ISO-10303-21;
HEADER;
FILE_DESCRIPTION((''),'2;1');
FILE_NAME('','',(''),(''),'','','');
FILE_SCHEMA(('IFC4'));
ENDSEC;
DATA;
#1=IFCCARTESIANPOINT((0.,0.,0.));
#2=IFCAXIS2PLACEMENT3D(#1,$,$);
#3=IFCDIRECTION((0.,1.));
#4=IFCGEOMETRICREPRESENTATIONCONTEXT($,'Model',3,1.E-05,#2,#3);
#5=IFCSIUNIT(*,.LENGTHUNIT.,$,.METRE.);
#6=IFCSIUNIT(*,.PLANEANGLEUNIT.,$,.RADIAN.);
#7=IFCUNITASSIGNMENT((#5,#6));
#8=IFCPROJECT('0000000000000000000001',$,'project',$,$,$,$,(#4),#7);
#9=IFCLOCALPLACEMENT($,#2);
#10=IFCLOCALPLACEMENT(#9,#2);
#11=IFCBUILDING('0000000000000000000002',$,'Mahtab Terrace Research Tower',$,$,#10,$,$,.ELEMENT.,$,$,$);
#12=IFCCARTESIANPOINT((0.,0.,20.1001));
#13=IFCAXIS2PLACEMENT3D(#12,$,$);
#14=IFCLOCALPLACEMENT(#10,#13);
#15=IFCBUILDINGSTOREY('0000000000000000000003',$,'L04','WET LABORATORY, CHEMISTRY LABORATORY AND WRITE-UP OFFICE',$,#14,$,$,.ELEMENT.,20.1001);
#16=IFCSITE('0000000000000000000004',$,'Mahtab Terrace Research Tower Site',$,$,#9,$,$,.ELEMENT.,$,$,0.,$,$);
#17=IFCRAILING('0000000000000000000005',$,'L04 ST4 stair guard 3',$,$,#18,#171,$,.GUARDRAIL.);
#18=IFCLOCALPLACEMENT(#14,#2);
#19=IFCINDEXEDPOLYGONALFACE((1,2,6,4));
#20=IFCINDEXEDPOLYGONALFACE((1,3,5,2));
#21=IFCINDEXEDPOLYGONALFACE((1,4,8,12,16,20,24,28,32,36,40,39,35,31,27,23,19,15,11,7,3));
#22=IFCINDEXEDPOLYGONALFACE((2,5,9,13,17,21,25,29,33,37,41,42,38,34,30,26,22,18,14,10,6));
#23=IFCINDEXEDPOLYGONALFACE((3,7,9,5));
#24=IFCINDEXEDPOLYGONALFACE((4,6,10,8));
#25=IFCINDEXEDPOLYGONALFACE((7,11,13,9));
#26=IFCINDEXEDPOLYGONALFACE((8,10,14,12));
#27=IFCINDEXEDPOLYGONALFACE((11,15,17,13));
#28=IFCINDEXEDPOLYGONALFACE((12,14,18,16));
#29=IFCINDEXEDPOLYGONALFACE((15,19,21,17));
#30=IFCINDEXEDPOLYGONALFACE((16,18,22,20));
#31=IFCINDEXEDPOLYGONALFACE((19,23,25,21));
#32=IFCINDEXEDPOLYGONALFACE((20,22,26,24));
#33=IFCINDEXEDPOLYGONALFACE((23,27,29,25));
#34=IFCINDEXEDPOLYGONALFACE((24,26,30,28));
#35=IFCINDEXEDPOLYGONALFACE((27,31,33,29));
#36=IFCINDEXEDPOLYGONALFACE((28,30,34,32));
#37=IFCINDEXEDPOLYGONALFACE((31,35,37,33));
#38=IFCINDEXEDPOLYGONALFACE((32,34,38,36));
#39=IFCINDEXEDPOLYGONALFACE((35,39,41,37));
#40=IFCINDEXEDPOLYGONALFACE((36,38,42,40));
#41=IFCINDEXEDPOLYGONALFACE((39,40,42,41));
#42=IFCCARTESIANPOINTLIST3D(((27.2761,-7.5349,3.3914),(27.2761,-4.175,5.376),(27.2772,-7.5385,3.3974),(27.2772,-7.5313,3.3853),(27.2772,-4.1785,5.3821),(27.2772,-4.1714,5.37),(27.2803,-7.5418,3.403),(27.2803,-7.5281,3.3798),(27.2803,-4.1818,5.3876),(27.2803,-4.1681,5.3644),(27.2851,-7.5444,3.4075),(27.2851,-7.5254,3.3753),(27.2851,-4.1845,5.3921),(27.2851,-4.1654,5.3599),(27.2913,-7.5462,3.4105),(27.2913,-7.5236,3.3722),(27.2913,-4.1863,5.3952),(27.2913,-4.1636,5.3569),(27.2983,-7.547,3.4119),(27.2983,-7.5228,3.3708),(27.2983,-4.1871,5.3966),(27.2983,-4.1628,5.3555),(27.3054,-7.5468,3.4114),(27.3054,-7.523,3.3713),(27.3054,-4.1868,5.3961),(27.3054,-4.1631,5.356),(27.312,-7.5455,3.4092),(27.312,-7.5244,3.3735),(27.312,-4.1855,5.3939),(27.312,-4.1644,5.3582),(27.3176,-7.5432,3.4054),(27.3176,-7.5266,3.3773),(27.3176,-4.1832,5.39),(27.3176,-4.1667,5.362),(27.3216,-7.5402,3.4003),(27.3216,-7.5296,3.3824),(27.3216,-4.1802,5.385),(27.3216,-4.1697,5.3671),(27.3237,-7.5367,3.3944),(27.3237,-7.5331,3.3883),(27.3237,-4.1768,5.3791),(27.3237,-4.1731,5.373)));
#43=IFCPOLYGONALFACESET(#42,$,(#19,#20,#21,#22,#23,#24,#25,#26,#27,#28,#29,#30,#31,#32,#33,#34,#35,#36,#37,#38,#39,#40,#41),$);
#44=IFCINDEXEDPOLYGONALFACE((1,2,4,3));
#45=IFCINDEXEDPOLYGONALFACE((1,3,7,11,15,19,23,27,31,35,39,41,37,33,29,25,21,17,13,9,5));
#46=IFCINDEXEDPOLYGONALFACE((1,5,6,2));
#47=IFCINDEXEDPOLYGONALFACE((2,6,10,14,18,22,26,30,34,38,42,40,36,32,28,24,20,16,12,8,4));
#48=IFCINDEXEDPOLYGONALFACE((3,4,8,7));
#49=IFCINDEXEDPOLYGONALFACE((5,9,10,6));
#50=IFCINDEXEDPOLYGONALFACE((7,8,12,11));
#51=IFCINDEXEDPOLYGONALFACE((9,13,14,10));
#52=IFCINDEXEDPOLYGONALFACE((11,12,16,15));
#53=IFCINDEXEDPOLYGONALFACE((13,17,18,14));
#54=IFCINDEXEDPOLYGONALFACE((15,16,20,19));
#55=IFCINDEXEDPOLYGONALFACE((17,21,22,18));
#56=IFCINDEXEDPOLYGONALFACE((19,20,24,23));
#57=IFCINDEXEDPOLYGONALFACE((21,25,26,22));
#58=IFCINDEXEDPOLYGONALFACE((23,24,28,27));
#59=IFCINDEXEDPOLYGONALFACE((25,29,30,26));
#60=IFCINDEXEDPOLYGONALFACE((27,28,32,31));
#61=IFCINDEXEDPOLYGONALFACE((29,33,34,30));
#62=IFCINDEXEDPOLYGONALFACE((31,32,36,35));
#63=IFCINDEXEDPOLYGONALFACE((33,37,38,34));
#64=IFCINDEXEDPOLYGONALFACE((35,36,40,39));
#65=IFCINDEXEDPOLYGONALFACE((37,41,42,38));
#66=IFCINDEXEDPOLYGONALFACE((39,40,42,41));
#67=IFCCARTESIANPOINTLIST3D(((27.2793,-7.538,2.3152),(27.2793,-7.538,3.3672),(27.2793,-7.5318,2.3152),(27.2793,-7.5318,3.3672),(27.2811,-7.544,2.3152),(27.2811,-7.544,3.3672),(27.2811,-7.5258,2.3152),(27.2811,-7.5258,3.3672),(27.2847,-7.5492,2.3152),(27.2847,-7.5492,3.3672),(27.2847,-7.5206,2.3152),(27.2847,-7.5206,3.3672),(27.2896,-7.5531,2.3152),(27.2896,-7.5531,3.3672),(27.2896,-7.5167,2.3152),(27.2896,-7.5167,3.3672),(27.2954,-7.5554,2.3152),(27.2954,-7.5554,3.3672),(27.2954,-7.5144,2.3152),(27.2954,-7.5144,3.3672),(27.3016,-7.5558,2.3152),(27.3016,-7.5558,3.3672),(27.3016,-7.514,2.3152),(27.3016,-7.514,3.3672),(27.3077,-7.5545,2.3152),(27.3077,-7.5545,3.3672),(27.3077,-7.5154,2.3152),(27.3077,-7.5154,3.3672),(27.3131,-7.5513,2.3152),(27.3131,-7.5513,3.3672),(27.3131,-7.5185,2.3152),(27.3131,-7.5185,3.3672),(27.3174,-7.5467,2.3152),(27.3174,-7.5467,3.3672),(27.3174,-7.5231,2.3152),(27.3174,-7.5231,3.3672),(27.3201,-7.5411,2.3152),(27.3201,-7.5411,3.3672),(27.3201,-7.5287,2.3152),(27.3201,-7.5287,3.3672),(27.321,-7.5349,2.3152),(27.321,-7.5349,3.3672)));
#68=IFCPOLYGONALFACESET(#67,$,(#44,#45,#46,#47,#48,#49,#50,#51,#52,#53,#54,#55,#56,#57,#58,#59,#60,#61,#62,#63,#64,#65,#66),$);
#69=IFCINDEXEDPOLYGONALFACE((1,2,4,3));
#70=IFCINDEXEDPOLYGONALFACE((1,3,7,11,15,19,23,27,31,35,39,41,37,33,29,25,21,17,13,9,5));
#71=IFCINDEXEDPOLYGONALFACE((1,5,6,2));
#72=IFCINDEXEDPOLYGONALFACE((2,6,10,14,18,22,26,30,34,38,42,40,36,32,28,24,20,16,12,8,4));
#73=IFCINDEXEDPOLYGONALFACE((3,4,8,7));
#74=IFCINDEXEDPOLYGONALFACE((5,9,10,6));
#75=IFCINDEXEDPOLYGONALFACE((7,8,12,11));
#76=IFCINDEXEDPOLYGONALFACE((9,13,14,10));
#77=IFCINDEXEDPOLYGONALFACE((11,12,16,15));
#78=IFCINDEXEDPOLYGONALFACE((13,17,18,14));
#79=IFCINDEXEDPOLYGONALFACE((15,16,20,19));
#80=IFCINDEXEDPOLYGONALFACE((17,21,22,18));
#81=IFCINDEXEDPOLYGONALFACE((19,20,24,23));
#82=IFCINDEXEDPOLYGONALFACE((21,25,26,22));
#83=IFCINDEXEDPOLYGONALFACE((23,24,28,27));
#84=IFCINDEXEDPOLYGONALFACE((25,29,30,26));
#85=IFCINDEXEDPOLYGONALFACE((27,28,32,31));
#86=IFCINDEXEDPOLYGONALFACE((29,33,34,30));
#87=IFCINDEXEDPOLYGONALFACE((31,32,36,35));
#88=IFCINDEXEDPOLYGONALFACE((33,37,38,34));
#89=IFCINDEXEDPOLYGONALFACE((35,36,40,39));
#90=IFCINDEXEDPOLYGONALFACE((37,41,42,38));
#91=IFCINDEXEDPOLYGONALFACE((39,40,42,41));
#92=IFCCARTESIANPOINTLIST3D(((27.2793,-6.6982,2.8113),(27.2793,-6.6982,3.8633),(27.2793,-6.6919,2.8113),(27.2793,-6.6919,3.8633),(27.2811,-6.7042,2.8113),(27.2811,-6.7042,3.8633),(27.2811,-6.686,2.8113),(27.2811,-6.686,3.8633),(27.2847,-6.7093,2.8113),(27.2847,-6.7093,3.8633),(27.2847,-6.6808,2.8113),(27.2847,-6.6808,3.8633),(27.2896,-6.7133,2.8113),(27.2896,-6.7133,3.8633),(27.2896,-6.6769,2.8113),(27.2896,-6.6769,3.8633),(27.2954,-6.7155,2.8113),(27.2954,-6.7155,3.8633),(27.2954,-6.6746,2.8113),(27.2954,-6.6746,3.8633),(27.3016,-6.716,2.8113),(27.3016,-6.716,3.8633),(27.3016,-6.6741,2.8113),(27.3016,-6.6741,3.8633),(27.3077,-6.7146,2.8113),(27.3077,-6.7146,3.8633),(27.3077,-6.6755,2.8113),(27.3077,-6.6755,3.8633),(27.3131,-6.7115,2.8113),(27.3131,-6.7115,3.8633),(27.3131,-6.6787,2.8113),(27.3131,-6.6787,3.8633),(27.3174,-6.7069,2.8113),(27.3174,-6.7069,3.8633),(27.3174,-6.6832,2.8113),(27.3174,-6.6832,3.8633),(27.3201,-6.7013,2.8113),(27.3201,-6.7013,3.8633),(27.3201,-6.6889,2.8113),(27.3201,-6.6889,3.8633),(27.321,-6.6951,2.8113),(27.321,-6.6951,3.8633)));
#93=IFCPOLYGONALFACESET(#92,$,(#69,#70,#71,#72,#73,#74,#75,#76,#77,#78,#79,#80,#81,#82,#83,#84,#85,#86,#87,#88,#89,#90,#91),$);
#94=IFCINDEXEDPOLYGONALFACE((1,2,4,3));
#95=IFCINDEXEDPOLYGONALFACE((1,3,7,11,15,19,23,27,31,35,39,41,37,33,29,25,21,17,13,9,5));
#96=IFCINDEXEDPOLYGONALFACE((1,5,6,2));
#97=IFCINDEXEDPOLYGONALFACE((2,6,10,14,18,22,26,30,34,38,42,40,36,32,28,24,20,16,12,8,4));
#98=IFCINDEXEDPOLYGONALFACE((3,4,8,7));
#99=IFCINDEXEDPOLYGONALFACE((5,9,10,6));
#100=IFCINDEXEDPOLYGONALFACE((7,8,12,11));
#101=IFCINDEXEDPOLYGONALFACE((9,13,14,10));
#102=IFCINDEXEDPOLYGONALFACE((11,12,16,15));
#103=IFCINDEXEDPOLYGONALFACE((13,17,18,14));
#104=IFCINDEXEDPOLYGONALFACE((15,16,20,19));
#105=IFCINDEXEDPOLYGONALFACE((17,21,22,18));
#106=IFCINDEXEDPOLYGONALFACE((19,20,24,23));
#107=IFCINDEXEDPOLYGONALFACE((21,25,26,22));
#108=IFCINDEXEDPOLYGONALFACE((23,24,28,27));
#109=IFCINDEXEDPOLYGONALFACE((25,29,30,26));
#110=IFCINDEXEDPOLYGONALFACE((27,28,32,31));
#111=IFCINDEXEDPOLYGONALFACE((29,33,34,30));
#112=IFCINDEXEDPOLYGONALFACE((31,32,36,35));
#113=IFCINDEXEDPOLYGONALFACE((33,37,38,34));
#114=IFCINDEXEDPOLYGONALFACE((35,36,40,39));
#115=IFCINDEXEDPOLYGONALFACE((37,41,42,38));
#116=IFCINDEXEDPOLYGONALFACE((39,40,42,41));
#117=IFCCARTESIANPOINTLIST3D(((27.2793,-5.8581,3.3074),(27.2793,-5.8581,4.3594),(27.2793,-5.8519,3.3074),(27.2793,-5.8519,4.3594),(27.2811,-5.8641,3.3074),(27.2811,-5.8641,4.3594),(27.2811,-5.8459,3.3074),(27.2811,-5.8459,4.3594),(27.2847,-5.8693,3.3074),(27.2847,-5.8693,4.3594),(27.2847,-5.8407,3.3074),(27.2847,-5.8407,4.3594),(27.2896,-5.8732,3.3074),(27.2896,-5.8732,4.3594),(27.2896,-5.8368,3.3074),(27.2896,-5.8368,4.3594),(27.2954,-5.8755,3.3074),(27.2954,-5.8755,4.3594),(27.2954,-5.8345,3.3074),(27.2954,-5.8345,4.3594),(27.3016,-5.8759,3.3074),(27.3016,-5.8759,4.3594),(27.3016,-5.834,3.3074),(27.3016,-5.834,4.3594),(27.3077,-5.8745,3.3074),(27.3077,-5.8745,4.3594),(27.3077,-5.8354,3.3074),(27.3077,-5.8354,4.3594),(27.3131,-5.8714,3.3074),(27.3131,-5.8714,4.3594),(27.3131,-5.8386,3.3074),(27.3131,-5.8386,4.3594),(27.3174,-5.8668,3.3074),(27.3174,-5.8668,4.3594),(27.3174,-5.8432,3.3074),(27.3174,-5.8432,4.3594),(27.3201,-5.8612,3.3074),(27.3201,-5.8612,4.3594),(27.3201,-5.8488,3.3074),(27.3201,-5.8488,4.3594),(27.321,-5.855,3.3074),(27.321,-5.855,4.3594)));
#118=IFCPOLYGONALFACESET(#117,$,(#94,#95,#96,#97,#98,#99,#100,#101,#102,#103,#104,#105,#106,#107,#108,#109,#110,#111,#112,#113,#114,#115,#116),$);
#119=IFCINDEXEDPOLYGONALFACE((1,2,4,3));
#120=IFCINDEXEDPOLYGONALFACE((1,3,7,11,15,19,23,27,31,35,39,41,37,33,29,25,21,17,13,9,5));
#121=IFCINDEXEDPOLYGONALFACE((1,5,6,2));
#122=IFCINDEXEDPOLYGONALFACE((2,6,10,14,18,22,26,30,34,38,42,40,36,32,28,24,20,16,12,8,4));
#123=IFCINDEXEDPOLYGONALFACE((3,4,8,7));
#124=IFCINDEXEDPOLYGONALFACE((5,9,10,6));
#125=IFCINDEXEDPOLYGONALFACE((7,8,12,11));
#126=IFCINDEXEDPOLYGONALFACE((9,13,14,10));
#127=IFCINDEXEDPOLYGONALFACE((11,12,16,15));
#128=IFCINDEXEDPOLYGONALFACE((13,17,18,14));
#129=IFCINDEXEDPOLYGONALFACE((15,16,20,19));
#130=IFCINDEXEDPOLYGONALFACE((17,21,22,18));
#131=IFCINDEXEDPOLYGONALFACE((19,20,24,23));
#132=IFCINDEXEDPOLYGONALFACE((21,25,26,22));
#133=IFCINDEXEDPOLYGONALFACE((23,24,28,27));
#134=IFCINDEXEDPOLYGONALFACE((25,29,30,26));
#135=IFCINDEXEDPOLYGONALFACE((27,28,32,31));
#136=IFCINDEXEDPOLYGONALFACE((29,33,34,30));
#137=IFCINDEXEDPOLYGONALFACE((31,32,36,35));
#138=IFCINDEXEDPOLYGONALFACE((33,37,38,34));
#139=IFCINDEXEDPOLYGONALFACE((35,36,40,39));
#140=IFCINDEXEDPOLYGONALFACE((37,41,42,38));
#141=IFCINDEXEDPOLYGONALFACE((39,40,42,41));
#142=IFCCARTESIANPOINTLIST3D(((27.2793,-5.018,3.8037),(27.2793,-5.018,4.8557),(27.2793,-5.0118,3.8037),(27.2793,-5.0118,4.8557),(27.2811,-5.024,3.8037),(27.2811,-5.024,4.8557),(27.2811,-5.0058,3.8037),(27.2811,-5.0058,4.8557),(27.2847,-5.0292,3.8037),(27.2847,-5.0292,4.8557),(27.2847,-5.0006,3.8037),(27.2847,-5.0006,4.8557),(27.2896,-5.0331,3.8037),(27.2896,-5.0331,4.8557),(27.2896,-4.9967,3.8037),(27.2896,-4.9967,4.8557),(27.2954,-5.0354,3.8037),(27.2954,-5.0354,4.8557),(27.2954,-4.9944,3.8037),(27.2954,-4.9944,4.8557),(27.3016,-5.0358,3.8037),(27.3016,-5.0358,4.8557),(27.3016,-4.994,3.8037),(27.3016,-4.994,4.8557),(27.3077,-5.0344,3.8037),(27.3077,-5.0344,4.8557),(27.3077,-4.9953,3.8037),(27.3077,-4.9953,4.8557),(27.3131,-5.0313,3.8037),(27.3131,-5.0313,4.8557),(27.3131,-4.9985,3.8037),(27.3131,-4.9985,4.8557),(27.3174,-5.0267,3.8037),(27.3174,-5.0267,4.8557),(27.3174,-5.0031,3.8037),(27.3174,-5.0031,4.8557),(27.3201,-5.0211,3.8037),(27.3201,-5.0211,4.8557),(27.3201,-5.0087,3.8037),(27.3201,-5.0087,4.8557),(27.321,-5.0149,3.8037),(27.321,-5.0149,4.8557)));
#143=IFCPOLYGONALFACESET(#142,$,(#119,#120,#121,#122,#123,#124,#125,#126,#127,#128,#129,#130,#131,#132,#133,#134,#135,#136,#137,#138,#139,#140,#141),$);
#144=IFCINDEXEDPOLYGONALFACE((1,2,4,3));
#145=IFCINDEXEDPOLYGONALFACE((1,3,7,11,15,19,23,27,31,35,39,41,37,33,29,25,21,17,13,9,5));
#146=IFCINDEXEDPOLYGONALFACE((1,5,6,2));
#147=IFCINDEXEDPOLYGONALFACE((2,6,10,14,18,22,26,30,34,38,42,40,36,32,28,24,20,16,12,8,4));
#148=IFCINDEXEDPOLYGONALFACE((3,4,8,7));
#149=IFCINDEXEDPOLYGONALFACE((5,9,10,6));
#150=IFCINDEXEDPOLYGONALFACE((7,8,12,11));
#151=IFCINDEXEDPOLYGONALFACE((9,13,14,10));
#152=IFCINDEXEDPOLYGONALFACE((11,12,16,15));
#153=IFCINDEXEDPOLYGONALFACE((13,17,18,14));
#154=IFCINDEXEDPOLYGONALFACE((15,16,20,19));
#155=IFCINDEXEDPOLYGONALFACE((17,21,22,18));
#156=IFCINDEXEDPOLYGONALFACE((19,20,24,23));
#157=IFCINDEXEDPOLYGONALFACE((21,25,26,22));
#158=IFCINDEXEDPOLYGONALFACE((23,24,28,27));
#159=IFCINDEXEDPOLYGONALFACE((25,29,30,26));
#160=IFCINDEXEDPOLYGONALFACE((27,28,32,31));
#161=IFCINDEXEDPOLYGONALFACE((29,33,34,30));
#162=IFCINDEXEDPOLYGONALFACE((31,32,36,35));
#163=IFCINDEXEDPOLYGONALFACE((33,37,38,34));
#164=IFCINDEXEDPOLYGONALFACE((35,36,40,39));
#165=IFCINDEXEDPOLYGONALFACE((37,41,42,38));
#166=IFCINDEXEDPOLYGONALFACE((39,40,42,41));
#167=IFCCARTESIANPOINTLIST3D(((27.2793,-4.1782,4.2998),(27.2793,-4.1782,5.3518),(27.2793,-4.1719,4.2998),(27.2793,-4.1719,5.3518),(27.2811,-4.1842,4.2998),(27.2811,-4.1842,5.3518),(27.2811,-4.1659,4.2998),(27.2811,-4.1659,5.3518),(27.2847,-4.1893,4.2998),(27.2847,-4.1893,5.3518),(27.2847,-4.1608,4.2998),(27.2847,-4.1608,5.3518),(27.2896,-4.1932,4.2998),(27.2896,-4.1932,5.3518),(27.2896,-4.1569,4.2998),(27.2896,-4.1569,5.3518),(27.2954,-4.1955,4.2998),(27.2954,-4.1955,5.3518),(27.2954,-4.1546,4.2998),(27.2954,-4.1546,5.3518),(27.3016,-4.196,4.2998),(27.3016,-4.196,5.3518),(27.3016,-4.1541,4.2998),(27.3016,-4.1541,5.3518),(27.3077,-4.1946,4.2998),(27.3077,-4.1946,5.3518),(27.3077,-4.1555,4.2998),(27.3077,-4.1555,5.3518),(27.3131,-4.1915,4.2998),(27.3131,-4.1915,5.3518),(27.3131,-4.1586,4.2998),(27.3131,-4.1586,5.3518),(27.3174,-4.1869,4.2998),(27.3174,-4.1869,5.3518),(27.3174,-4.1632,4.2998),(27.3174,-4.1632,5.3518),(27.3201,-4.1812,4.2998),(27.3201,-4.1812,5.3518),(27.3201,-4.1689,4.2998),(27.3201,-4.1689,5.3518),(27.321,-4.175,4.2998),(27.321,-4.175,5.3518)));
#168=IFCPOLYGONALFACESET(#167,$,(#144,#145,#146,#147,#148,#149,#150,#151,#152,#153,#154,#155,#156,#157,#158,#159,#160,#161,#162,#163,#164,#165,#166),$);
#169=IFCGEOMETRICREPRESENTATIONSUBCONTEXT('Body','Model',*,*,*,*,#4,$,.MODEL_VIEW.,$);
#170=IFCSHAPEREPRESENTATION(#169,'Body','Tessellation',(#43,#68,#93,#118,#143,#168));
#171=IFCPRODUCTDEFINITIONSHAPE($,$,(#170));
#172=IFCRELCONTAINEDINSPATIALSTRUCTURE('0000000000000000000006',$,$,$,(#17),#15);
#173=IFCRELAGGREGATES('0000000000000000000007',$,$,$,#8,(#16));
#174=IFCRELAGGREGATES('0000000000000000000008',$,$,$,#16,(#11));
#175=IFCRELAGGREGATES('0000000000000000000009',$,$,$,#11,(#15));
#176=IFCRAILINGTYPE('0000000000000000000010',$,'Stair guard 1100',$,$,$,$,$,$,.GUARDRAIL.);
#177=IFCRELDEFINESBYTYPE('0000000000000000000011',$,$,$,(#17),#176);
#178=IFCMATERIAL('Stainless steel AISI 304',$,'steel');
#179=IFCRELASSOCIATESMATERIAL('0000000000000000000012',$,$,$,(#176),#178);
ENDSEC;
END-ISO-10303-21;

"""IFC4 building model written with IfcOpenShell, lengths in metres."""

from ifc_helpers import new_model, si_unit, direction, frame, origin, origin_2d, place, context, subcontext, project, spatial, circle, extrude, material, type_object, element, save


model = new_model("IFC4")

# Units and contexts
model_context = context("Model", 3, precision=1e-05, world=origin(), true_north=direction((0.0, 1.0)))
body_context = subcontext(model_context, "Body", "Model", "MODEL_VIEW")
ifc_project = project(units=[si_unit("LENGTHUNIT", "METRE"), si_unit("PLANEANGLEUNIT", "RADIAN")], contexts=[model_context])

# Site, building, storey
site_placement = place(None, origin())
site = spatial("IfcSite", under=ifc_project, at=site_placement, Name="Mahtab Terrace Research Tower Site", CompositionType="ELEMENT", RefElevation=0.0)
building_placement = place(site_placement, origin())
building = spatial("IfcBuilding", under=site, at=building_placement, Name="Mahtab Terrace Research Tower", CompositionType="ELEMENT")
storey_placement = place(building_placement, frame((0.0, 0.0, 20.1001)))
storey = spatial("IfcBuildingStorey", under=building, at=storey_placement, Name="L04", Description="WET LABORATORY, CHEMISTRY LABORATORY AND WRITE-UP OFFICE", CompositionType="ELEMENT", Elevation=20.1001)

# Railing
ifc_material_1 = material(Name="Stainless steel AISI 304", Category="steel")
railing_type_1 = type_object("IfcRailingType", Name="Stair guard 1100", PredefinedType="GUARDRAIL", material=ifc_material_1)
railing_1_placement = place(storey_placement, frame((27.3, -7.5349, 2.3152)))
element("IfcRailing", 1, at=railing_1_placement, inside=storey, type_object=railing_type_1, Name="L04 ST4 stair guard 3", PredefinedType="GUARDRAIL", context=body_context, shape_type="SweptSolid", body=[
    extrude(circle(Radius=0.0239, at=origin_2d()), frame((0.0, 0.0, 1.0762), z_axis=(0.0, 0.861011, 0.508586), x_axis=(-1.0, 0.0, 0.0)), (0.0, 0.0, 1.0), 3.9023),
    extrude(circle(Radius=0.021, at=origin_2d()), origin(), (0.0, 0.0, 1.0), 1.052),
    extrude(circle(Radius=0.021, at=origin_2d()), frame((0.0, 0.8398, 0.4961)), (0.0, 0.0, 1.0), 1.052),
    extrude(circle(Radius=0.021, at=origin_2d()), frame((0.0, 1.6799, 0.9922)), (0.0, 0.0, 1.0), 1.052),
    extrude(circle(Radius=0.021, at=origin_2d()), frame((0.0, 2.52, 1.4885)), (0.0, 0.0, 1.0), 1.052),
    extrude(circle(Radius=0.021, at=origin_2d()), frame((0.0, 3.3599, 1.9846)), (0.0, 0.0, 1.0), 1.052),
])

save(model, "model.ifc")
